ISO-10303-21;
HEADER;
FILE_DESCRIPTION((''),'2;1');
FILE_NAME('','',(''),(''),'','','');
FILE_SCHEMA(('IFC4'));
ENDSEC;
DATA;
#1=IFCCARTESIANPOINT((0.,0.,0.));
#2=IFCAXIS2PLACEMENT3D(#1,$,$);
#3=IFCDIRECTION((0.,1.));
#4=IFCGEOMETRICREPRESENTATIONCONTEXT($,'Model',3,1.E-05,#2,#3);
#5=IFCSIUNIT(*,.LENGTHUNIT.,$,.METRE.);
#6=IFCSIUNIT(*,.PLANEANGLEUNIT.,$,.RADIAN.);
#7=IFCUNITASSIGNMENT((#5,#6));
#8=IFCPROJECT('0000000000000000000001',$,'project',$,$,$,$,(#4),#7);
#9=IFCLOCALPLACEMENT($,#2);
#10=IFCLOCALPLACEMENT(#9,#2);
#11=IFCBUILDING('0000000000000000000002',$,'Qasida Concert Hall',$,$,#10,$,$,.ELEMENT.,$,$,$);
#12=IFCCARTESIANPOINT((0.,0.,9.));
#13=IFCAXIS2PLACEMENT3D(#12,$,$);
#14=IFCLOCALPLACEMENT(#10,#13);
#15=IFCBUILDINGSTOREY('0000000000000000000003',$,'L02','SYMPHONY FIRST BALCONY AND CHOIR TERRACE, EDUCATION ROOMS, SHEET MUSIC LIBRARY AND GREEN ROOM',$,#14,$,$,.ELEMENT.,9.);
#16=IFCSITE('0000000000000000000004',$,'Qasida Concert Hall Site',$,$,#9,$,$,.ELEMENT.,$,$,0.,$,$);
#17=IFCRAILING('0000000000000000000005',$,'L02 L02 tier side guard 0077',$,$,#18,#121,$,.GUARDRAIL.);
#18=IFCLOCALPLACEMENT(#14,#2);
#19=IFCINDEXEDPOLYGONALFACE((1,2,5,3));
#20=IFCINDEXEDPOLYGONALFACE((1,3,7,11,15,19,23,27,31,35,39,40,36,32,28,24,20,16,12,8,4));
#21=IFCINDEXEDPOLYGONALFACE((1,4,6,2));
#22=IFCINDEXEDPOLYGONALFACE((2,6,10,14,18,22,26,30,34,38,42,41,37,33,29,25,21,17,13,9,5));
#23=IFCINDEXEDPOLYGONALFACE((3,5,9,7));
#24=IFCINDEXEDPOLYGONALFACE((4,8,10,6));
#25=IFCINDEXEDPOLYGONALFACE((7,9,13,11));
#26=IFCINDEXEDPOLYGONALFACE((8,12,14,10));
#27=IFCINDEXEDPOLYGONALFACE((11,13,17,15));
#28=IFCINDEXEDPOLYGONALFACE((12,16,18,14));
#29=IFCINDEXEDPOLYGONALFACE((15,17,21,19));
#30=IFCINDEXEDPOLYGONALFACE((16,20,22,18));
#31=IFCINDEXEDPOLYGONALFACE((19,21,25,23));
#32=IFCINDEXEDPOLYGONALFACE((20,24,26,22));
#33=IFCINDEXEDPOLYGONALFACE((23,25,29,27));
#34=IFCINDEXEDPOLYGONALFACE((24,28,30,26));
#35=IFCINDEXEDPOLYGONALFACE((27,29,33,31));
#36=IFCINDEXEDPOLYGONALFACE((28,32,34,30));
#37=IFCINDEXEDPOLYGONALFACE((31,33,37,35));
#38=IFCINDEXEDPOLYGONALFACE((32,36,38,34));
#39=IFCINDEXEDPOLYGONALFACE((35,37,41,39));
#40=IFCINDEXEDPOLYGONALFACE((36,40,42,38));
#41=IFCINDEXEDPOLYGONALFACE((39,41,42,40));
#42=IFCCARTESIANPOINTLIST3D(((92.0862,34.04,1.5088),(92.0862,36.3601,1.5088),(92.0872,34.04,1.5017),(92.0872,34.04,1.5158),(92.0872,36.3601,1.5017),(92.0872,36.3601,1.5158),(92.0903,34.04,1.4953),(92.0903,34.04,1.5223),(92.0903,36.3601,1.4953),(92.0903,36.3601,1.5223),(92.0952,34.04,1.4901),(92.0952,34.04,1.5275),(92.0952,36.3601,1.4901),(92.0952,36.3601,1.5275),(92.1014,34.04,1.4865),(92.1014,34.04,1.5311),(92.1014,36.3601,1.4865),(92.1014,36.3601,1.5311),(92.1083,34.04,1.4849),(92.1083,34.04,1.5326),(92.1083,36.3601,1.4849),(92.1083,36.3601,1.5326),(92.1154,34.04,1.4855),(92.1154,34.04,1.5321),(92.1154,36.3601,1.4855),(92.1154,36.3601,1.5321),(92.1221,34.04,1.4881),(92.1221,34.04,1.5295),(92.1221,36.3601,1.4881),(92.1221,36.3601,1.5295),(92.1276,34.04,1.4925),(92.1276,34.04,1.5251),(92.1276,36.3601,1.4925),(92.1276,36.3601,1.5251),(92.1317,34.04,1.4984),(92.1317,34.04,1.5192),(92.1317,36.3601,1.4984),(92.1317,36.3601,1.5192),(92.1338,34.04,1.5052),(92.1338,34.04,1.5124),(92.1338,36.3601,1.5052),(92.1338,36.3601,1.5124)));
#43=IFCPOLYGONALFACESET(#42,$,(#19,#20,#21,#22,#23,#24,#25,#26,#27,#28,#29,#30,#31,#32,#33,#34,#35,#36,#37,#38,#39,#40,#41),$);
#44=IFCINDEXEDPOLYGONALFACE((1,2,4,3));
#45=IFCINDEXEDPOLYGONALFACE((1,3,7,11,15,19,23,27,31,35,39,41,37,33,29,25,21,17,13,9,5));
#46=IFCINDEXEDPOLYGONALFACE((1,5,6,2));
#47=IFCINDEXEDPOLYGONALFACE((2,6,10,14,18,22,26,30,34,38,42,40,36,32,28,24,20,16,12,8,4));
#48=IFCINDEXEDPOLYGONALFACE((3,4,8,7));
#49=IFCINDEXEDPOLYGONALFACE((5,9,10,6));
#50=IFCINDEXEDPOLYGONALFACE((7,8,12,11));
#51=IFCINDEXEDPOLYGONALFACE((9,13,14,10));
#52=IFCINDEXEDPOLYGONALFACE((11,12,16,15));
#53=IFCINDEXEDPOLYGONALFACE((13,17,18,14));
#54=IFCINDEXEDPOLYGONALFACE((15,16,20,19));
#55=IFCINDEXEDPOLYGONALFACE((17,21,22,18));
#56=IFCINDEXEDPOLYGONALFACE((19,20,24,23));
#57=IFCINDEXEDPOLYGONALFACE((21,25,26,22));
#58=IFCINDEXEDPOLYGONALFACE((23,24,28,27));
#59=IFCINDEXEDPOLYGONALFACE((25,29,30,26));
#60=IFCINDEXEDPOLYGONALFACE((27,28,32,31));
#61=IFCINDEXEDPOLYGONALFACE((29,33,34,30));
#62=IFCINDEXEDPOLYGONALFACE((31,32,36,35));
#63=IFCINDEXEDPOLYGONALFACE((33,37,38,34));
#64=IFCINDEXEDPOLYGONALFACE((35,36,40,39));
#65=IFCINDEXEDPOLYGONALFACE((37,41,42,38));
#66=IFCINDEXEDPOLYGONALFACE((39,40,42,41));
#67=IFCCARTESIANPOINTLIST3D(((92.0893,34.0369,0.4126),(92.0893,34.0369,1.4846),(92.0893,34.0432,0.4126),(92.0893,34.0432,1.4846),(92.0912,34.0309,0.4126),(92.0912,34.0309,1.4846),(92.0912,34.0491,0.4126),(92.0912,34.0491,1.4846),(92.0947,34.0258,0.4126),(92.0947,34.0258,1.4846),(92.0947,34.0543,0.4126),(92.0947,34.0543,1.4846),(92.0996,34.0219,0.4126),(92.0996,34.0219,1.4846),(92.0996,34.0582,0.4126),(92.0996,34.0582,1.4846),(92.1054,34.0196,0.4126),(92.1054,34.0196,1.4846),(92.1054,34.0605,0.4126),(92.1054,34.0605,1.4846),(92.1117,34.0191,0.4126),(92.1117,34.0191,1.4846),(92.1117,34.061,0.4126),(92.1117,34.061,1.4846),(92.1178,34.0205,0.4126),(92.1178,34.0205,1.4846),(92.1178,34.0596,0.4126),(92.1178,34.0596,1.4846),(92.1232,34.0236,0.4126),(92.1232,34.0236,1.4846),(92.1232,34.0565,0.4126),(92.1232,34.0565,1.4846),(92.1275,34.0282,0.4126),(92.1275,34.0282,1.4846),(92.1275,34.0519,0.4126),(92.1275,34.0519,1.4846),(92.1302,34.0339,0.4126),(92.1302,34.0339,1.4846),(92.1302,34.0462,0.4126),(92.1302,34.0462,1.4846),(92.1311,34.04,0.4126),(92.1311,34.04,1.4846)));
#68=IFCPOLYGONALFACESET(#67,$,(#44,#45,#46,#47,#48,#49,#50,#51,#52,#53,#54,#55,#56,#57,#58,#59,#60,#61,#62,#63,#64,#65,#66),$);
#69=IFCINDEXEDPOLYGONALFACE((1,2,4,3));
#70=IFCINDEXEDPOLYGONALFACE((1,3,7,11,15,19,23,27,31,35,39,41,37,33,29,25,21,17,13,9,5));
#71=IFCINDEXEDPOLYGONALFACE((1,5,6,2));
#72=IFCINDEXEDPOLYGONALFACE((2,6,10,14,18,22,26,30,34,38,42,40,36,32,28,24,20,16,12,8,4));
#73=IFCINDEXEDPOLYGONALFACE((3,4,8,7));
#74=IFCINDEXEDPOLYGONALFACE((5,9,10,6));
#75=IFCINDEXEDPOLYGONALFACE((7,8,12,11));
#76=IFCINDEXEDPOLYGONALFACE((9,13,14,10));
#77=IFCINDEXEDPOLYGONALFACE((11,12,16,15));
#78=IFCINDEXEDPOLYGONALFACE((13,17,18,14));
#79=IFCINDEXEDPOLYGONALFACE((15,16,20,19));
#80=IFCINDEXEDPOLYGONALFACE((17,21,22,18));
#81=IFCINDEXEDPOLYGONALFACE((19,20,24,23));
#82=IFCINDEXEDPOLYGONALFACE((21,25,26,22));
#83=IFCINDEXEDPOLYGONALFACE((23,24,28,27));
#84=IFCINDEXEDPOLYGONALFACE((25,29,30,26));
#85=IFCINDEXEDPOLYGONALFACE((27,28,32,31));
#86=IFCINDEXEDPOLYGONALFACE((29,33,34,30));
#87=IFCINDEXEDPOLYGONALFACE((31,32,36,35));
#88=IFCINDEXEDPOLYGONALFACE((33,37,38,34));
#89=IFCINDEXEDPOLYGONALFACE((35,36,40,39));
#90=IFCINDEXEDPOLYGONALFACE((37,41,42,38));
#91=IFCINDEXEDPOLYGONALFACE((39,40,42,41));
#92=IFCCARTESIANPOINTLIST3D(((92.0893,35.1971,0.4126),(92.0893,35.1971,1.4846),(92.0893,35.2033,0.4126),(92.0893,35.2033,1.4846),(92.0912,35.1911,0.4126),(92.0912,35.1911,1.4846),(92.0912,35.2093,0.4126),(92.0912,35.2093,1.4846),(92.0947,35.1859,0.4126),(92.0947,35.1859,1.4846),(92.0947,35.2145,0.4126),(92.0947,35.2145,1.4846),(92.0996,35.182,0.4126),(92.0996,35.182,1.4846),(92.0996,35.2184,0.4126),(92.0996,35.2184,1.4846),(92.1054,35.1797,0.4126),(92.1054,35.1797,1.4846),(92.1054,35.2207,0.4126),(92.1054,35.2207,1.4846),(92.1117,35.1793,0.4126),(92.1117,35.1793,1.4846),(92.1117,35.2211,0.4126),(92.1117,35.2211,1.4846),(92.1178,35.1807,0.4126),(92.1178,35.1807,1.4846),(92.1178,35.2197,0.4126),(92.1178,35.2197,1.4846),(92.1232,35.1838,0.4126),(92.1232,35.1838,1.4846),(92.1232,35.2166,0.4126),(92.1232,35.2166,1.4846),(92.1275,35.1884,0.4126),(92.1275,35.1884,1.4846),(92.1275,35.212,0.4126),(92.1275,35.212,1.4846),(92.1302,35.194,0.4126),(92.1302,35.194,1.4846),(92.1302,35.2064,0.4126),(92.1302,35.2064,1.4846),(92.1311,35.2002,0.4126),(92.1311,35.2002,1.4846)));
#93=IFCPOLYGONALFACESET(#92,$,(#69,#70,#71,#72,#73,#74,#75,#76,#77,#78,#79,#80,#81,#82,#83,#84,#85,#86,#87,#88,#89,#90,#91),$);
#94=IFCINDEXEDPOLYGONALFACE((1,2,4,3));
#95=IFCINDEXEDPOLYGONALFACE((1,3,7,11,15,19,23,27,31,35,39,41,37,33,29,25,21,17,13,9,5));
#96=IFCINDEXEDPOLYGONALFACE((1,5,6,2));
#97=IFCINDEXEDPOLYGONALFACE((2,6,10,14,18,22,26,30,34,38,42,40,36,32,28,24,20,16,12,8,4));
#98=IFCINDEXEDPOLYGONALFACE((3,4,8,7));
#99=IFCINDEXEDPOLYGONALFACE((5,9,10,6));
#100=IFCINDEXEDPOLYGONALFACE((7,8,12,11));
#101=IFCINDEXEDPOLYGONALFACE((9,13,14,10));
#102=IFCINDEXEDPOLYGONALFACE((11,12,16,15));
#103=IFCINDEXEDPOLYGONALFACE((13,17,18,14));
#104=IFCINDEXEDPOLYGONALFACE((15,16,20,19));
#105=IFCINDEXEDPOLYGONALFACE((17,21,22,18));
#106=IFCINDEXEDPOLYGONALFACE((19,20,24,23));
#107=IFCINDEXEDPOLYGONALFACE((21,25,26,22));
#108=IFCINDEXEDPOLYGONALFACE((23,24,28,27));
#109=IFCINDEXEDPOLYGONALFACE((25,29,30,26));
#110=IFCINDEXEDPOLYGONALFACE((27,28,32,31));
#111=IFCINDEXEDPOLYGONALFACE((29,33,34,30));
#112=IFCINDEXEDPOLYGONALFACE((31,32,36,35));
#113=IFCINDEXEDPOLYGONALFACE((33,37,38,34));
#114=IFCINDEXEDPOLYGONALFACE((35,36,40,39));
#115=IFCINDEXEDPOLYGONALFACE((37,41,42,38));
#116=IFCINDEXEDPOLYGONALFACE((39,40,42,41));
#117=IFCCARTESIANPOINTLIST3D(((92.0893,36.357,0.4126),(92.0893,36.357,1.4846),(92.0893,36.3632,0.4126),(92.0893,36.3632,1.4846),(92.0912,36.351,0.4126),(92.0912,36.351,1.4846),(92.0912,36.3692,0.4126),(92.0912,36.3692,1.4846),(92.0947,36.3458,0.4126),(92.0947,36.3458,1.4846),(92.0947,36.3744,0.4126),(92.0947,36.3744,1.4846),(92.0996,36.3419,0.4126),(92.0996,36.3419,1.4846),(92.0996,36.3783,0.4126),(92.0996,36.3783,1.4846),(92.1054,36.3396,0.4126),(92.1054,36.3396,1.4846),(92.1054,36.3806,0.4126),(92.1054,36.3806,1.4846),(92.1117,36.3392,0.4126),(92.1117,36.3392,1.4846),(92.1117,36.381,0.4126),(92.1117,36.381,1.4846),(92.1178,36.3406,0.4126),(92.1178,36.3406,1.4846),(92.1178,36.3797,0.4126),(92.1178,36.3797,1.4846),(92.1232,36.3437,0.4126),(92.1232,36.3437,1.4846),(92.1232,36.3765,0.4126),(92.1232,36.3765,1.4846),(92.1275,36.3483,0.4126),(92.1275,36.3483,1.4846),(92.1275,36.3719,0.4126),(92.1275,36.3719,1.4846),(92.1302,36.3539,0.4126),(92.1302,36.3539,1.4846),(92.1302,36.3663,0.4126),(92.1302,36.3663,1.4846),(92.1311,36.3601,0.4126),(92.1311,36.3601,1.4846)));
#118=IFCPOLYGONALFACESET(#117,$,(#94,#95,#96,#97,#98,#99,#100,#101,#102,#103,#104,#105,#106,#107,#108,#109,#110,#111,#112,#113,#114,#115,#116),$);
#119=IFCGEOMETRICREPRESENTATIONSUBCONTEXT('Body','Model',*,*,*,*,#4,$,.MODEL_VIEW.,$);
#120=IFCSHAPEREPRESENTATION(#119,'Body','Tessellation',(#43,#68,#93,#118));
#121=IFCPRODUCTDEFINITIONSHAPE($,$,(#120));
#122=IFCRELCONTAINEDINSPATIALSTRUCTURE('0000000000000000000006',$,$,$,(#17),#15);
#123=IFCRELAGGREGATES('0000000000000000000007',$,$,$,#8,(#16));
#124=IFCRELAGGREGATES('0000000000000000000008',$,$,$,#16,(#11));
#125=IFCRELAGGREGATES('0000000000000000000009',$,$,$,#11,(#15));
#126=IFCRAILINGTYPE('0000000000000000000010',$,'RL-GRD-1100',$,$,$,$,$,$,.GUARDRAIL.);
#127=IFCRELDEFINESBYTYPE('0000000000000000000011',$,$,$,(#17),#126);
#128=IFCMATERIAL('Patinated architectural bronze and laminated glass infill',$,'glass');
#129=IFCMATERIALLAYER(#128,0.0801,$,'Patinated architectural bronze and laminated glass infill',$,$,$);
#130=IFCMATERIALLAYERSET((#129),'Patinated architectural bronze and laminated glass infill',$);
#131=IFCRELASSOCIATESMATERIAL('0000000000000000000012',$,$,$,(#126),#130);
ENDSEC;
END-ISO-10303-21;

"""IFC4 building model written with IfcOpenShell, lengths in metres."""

from ifc_helpers import new_model, si_unit, direction, frame, origin, origin_2d, place, context, subcontext, project, spatial, circle, extrude, material, layer, layer_set, type_object, element, save


model = new_model("IFC4")

# Units and contexts
model_context = context("Model", 3, precision=1e-05, world=origin(), true_north=direction((0.0, 1.0)))
body_context = subcontext(model_context, "Body", "Model", "MODEL_VIEW")
ifc_project = project(units=[si_unit("LENGTHUNIT", "METRE"), si_unit("PLANEANGLEUNIT", "RADIAN")], contexts=[model_context])

# Site, building, storey
site_placement = place(None, origin())
site = spatial("IfcSite", under=ifc_project, at=site_placement, Name="Qasida Concert Hall Site", CompositionType="ELEMENT", RefElevation=0.0)
building_placement = place(site_placement, origin())
building = spatial("IfcBuilding", under=site, at=building_placement, Name="Qasida Concert Hall", CompositionType="ELEMENT")
storey_placement = place(building_placement, frame((0.0, 0.0, 9.0)))
storey = spatial("IfcBuildingStorey", under=building, at=storey_placement, Name="L02", Description="SYMPHONY FIRST BALCONY AND CHOIR TERRACE, EDUCATION ROOMS, SHEET MUSIC LIBRARY AND GREEN ROOM", CompositionType="ELEMENT", Elevation=9.0)

# Railing
ifc_material_1 = material(Name="Patinated architectural bronze and laminated glass infill", Category="glass")
ifc_layer_1 = layer(ifc_material_1, 0.0801, Name="Patinated architectural bronze and laminated glass infill")
ifc_layer_set_1 = layer_set([ifc_layer_1], Name="Patinated architectural bronze and laminated glass infill")
railing_type_1 = type_object("IfcRailingType", Name="RL-GRD-1100", PredefinedType="GUARDRAIL", material=ifc_layer_set_1)
for number, where, name in (
    (1, (92.1101, 34.04, 0.4126), "L02 L02 tier side guard 0077"),
):
    element("IfcRailing", number, at=place(storey_placement, frame(where)), inside=storey, type_object=railing_type_1, Name=name, PredefinedType="GUARDRAIL", context=body_context, shape_type="SweptSolid", body=[
        extrude(circle(Radius=0.0239, at=origin_2d()), frame((0.0, 0.0, 1.0962), z_axis=(0.0, 1.0, 0.0), x_axis=(-1.0, 0.0, 0.0)), (0.0, 0.0, 1.0), 2.3201),
        extrude(circle(Radius=0.021, at=origin_2d()), origin(), (0.0, 0.0, 1.0), 1.072),
        extrude(circle(Radius=0.021, at=origin_2d()), frame((0.0, 1.1602, 0.0)), (0.0, 0.0, 1.0), 1.072),
        extrude(circle(Radius=0.021, at=origin_2d()), frame((0.0, 2.3201, 0.0)), (0.0, 0.0, 1.0), 1.072),
    ])

save(model, "model.ifc")
